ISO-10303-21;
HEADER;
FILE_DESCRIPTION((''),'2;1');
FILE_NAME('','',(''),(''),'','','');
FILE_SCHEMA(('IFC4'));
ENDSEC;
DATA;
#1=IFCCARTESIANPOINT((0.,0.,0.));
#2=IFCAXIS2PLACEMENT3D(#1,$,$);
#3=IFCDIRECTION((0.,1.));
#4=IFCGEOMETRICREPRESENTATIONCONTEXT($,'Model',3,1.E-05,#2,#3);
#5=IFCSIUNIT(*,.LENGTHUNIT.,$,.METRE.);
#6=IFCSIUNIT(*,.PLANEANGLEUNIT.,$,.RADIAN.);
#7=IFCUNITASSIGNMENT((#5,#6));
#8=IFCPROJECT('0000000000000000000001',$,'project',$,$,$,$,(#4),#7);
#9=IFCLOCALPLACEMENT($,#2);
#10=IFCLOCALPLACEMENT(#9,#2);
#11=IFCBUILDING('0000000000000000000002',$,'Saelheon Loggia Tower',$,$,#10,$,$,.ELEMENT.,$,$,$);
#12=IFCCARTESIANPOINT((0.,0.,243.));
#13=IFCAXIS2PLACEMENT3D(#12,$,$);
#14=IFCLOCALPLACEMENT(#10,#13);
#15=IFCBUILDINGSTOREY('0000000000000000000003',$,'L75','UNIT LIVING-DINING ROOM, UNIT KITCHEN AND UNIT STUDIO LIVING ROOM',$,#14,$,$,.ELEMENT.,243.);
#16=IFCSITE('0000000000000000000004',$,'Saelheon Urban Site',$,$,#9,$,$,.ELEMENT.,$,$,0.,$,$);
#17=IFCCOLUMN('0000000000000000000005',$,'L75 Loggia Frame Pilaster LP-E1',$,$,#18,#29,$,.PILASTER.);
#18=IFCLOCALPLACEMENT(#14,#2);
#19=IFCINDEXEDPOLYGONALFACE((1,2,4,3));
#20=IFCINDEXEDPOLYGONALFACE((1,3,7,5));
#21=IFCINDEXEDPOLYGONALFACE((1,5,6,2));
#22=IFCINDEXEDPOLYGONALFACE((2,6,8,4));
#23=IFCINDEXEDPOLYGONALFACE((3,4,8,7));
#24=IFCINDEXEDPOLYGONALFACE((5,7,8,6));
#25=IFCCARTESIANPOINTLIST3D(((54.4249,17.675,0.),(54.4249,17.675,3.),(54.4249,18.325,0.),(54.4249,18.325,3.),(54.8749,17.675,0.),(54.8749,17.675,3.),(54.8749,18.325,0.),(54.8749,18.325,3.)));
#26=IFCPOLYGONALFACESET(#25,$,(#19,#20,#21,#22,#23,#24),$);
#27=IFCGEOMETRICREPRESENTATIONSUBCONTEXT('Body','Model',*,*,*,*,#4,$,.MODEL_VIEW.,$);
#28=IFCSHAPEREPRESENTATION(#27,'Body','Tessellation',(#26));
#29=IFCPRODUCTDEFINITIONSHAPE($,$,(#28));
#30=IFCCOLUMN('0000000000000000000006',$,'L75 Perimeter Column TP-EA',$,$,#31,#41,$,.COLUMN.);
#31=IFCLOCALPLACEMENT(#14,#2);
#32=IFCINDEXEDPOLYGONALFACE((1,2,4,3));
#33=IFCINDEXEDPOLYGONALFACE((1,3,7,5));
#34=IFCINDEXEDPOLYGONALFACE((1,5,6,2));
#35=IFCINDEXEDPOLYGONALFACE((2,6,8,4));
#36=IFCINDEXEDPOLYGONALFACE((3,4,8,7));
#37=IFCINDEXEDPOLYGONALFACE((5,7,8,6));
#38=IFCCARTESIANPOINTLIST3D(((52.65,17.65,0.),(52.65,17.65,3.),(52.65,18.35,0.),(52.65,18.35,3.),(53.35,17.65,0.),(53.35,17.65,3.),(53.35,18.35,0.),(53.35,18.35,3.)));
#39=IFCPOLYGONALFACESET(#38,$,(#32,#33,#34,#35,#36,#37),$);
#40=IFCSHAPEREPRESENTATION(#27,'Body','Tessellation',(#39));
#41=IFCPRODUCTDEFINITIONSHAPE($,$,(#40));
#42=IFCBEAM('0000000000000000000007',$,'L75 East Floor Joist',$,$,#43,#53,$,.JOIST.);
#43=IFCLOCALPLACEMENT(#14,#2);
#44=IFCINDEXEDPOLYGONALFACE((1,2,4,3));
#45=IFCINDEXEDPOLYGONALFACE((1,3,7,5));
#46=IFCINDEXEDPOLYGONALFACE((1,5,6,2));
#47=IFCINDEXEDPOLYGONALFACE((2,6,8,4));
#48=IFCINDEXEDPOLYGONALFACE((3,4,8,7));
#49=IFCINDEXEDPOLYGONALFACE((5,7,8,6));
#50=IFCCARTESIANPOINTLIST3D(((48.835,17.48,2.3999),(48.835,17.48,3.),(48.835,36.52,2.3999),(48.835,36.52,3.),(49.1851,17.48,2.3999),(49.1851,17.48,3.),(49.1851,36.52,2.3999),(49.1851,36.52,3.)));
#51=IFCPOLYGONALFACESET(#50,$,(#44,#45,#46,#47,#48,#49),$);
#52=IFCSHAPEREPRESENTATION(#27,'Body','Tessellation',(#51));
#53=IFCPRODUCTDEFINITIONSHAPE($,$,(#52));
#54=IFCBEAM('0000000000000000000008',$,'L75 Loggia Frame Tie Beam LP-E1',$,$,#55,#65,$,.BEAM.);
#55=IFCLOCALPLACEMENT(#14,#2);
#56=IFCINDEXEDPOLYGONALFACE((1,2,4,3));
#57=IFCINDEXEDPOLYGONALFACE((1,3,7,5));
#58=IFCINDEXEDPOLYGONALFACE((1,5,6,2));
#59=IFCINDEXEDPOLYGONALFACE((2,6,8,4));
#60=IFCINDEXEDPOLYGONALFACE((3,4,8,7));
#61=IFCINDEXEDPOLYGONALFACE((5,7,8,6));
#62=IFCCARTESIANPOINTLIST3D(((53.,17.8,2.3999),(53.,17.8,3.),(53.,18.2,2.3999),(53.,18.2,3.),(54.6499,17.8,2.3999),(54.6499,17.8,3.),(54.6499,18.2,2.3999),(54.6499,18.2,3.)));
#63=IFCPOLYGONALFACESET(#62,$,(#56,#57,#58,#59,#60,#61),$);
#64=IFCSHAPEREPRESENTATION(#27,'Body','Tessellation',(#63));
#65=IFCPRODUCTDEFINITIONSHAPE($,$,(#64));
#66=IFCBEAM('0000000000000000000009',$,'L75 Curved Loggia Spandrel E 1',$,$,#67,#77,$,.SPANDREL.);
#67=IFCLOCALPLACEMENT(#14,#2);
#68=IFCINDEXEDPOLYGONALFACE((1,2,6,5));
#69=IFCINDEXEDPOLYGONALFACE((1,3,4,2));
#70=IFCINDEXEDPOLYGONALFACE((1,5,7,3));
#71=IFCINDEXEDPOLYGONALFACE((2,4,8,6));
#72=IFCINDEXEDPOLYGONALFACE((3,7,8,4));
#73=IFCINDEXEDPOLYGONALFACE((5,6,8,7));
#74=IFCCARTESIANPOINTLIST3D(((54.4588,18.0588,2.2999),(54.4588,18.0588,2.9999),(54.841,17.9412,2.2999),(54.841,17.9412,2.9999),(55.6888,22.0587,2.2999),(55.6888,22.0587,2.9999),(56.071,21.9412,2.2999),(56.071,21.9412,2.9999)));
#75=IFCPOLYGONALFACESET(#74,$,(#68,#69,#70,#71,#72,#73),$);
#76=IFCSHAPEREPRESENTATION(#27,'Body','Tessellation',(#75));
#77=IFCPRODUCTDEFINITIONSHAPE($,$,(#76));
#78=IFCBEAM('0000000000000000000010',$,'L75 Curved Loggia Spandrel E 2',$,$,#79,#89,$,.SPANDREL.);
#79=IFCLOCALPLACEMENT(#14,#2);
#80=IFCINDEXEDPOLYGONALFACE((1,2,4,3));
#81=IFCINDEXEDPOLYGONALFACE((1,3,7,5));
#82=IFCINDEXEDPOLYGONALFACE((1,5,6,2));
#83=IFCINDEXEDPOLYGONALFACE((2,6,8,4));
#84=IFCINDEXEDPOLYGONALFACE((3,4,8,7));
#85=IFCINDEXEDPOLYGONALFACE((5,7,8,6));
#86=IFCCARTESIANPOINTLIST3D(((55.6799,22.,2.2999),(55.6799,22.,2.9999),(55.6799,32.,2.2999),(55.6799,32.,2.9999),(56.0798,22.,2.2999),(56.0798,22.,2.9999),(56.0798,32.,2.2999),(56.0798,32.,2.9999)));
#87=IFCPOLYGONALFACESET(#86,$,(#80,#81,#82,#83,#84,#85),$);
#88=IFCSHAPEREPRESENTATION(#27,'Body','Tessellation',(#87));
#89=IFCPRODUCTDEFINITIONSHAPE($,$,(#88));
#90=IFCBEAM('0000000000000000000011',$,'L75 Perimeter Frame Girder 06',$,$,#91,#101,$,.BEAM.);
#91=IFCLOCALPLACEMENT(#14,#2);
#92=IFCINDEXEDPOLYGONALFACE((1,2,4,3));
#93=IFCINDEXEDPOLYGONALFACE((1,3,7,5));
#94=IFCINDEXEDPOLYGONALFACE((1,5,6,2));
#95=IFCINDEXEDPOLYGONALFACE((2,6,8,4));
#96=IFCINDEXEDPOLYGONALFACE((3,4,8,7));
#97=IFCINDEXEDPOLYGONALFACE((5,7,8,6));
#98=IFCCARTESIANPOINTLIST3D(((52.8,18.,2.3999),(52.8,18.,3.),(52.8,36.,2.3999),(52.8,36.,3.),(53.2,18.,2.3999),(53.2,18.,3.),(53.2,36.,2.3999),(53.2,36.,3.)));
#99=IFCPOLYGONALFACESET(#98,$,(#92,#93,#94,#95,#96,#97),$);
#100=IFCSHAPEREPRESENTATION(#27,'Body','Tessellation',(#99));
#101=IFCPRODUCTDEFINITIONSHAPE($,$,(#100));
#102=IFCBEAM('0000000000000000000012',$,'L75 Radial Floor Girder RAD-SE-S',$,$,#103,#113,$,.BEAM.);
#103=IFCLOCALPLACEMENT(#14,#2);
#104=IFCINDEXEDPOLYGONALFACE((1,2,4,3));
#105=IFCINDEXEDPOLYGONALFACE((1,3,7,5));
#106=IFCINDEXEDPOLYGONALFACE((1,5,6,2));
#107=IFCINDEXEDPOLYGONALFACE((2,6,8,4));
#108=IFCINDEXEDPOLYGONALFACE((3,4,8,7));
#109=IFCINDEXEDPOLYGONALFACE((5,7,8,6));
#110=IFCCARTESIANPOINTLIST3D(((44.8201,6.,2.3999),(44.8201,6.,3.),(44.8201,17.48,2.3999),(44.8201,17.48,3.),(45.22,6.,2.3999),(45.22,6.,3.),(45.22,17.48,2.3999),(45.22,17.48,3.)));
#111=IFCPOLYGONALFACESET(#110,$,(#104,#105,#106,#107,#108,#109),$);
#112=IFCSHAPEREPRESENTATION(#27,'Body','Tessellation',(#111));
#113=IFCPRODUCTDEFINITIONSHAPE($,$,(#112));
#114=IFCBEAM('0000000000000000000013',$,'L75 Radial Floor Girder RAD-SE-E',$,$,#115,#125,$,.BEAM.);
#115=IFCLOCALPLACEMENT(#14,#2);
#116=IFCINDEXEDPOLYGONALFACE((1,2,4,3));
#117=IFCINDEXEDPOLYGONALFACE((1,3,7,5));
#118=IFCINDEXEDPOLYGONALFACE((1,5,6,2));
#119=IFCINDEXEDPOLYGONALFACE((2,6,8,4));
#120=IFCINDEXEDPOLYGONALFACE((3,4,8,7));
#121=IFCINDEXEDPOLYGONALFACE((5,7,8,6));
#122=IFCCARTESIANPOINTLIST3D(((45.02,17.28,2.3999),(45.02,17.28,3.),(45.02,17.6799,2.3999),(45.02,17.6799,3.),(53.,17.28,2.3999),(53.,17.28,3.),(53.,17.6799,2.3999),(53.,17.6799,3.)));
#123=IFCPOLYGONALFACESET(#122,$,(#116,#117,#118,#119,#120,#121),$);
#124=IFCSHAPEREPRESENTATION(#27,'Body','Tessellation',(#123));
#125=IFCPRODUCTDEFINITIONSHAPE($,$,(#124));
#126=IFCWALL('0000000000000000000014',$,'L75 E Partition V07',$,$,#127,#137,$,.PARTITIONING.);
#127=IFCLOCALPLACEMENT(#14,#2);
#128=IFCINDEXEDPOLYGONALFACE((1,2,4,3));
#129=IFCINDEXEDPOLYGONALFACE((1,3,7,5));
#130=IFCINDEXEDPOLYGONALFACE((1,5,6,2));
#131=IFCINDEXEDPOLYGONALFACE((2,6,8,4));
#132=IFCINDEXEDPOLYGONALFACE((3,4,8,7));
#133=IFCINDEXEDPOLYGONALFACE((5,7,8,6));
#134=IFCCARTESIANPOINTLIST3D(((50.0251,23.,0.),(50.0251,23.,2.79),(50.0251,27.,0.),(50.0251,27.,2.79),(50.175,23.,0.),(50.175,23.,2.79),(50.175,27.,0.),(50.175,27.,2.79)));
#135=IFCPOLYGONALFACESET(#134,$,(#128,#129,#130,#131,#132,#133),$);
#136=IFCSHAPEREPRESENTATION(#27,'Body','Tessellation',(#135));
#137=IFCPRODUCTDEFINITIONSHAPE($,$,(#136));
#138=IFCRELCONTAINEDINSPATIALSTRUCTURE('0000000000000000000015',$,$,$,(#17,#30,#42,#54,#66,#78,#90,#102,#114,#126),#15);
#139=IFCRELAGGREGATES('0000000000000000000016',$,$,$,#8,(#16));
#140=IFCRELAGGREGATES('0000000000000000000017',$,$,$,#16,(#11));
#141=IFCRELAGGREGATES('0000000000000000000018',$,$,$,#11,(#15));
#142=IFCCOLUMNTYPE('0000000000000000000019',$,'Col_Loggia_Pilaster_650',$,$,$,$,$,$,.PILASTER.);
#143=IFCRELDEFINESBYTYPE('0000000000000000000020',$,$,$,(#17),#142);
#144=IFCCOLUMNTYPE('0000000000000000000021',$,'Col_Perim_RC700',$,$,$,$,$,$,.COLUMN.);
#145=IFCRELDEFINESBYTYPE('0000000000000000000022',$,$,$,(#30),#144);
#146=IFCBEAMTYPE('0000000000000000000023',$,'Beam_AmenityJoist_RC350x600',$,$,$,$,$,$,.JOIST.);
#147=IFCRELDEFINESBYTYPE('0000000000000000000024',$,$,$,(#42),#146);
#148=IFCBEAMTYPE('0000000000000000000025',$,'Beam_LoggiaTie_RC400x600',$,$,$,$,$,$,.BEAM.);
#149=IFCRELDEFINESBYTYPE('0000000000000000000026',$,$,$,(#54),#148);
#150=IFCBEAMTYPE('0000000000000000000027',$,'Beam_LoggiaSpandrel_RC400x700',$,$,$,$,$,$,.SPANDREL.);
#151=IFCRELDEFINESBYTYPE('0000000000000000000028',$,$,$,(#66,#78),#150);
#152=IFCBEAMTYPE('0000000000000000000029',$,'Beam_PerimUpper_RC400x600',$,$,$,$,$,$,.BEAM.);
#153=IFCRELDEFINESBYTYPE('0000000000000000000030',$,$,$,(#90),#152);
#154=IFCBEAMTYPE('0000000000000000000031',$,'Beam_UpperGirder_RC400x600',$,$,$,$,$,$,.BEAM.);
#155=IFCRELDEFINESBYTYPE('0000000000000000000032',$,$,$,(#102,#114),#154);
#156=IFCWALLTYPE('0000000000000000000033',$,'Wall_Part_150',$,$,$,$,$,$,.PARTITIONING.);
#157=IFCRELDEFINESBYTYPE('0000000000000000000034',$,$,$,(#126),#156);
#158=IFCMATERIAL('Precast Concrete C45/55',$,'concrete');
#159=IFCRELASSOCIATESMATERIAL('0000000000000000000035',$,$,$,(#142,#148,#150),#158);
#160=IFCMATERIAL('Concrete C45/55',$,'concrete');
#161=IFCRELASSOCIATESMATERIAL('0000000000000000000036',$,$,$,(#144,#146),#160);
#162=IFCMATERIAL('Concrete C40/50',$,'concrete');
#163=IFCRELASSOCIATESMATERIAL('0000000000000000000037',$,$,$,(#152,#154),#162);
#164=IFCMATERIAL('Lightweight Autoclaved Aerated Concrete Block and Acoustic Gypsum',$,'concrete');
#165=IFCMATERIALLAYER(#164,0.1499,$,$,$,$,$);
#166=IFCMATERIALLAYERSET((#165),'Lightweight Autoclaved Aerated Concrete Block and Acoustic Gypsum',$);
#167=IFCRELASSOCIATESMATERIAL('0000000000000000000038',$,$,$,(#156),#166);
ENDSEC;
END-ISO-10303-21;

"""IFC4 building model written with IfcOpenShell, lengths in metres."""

from ifc_helpers import new_model, si_unit, direction, frame, frame_2d, origin, origin_2d, place, context, subcontext, project, spatial, rectangle, extrude, source, transform, mapped, material, layer, layer_set, material_profile, profile_set, type_object, element, save


model = new_model("IFC4")

# Units and contexts
model_context = context("Model", 3, precision=1e-05, world=origin(), true_north=direction((0.0, 1.0)))
body_context = subcontext(model_context, "Body", "Model", "MODEL_VIEW")
ifc_project = project(units=[si_unit("LENGTHUNIT", "METRE"), si_unit("PLANEANGLEUNIT", "RADIAN")], contexts=[model_context])

# Site, building, storey
site_placement = place(None, origin())
site = spatial("IfcSite", under=ifc_project, at=site_placement, Name="Saelheon Urban Site", CompositionType="ELEMENT", RefElevation=0.0)
building_placement = place(site_placement, origin())
building = spatial("IfcBuilding", under=site, at=building_placement, Name="Saelheon Loggia Tower", CompositionType="ELEMENT")
storey_placement = place(building_placement, frame((0.0, 0.0, 243.0)))
storey = spatial("IfcBuildingStorey", under=building, at=storey_placement, Name="L75", Description="UNIT LIVING-DINING ROOM, UNIT KITCHEN AND UNIT STUDIO LIVING ROOM", CompositionType="ELEMENT", Elevation=243.0)

# Columns
ifc_material_1 = material(Name="Precast Concrete C45/55", Category="concrete")
ifc_material_profile_1 = material_profile(ifc_material_1, rectangle(XDim=0.45, YDim=0.6499, at=origin_2d()), Name="RC-450x650")
ifc_profile_set_1 = profile_set([ifc_material_profile_1], Name="Precast Concrete C45/55")
column_type_1 = type_object("IfcColumnType", Name="Col_Loggia_Pilaster_650", PredefinedType="PILASTER", material=ifc_profile_set_1)
shared_shape_1 = source(origin(), body_context, "Body", "SweptSolid", [
    extrude(rectangle(XDim=0.45, YDim=0.6499, at=origin_2d()), origin(), (0.0, 0.0, 1.0), 3.0),
])
column_1_placement = place(storey_placement, frame((54.6499, 18.0, 0.0), z_axis=(0.0, 0.0, 1.0), x_axis=(1.0, 0.0, 0.0)))
element("IfcColumn", 1, at=column_1_placement, inside=storey, type_object=column_type_1, Name="L75 Loggia Frame Pilaster LP-E1", PredefinedType="PILASTER", context=body_context, shape_type="MappedRepresentation", body=[
    mapped(shared_shape_1, transform((0.0, 0.0, 0.0), scale=1.0)),
])
ifc_material_2 = material(Name="Concrete C45/55", Category="concrete")
ifc_material_profile_2 = material_profile(ifc_material_2, rectangle(XDim=0.7, YDim=0.7, at=origin_2d()), Name="RC-700x700")
ifc_profile_set_2 = profile_set([ifc_material_profile_2], Name="Concrete C45/55")
column_type_2 = type_object("IfcColumnType", Name="Col_Perim_RC700", PredefinedType="COLUMN", material=ifc_profile_set_2)
shared_shape_2 = source(origin(), body_context, "Body", "SweptSolid", [
    extrude(rectangle(XDim=0.7, YDim=0.7, at=origin_2d()), origin(), (0.0, 0.0, 1.0), 3.0),
])
column_2_placement = place(storey_placement, frame((53.0, 18.0, 0.0), z_axis=(0.0, 0.0, 1.0), x_axis=(1.0, 0.0, 0.0)))
element("IfcColumn", 2, at=column_2_placement, inside=storey, type_object=column_type_2, Name="L75 Perimeter Column TP-EA", PredefinedType="COLUMN", context=body_context, shape_type="MappedRepresentation", body=[
    mapped(shared_shape_2, transform((0.0, 0.0, 0.0), scale=1.0)),
])

# Beams
ifc_material_profile_3 = material_profile(ifc_material_2, rectangle(XDim=0.3501, YDim=0.6001, at=origin_2d()), Name="RC-350x600")
ifc_profile_set_3 = profile_set([ifc_material_profile_3], Name="Concrete C45/55")
beam_type_1 = type_object("IfcBeamType", Name="Beam_AmenityJoist_RC350x600", PredefinedType="JOIST", material=ifc_profile_set_3)
shared_shape_3 = source(origin(), body_context, "Body", "SweptSolid", [
    extrude(rectangle(XDim=0.3501, YDim=0.6001, at=origin_2d()), origin(), (0.0, 0.0, 1.0), 19.04),
])
beam_1_placement = place(storey_placement, frame((49.01, 17.48, 2.7), z_axis=(0.0, 1.0, 0.0), x_axis=(-1.0, 0.0, 0.0)))
element("IfcBeam", 3, at=beam_1_placement, inside=storey, type_object=beam_type_1, Name="L75 East Floor Joist", PredefinedType="JOIST", context=body_context, shape_type="MappedRepresentation", body=[
    mapped(shared_shape_3, transform((0.0, 0.0, 0.0), scale=1.0)),
])
ifc_material_profile_4 = material_profile(ifc_material_1, rectangle(XDim=0.3999, YDim=0.6001, at=origin_2d()), Name="RC-400x600")
ifc_profile_set_4 = profile_set([ifc_material_profile_4], Name="Precast Concrete C45/55")
beam_type_2 = type_object("IfcBeamType", Name="Beam_LoggiaTie_RC400x600", PredefinedType="BEAM", material=ifc_profile_set_4)
shared_shape_4 = source(origin(), body_context, "Body", "SweptSolid", [
    extrude(rectangle(XDim=0.3999, YDim=0.6001, at=origin_2d()), origin(), (0.0, 0.0, 1.0), 1.6499),
])
beam_2_placement = place(storey_placement, frame((53.0, 18.0, 2.7), z_axis=(1.0, 0.0, 0.0), x_axis=(0.0, 1.0, 0.0)))
element("IfcBeam", 4, at=beam_2_placement, inside=storey, type_object=beam_type_2, Name="L75 Loggia Frame Tie Beam LP-E1", PredefinedType="BEAM", context=body_context, shape_type="MappedRepresentation", body=[
    mapped(shared_shape_4, transform((0.0, 0.0, 0.0), scale=1.0)),
])
ifc_material_profile_5 = material_profile(ifc_material_1, rectangle(XDim=0.3999, YDim=0.7, at=origin_2d()), Name="RC-400x700")
ifc_profile_set_5 = profile_set([ifc_material_profile_5], Name="Precast Concrete C45/55")
beam_type_3 = type_object("IfcBeamType", Name="Beam_LoggiaSpandrel_RC400x700", PredefinedType="SPANDREL", material=ifc_profile_set_5)
shared_shape_5 = source(origin(), body_context, "Body", "SweptSolid", [
    extrude(rectangle(XDim=0.3999, YDim=0.7, at=origin_2d()), origin(), (0.0, 0.0, 1.0), 4.1848),
])
beam_3_placement = place(storey_placement, frame((54.6499, 18.0, 2.6499), z_axis=(0.293914, 0.955832, 0.0), x_axis=(-0.955832, 0.293914, 0.0)))
element("IfcBeam", 5, at=beam_3_placement, inside=storey, type_object=beam_type_3, Name="L75 Curved Loggia Spandrel E 1", PredefinedType="SPANDREL", context=body_context, shape_type="MappedRepresentation", body=[
    mapped(shared_shape_5, transform((0.0, 0.0, 0.0), scale=1.0)),
])
shared_shape_6 = source(origin(), body_context, "Body", "SweptSolid", [
    extrude(rectangle(XDim=0.3999, YDim=0.7, at=origin_2d()), origin(), (0.0, 0.0, 1.0), 10.0),
])
beam_4_placement = place(storey_placement, frame((55.8799, 22.0, 2.6499), z_axis=(0.0, 1.0, 0.0), x_axis=(-1.0, 0.0, 0.0)))
element("IfcBeam", 6, at=beam_4_placement, inside=storey, type_object=beam_type_3, Name="L75 Curved Loggia Spandrel E 2", PredefinedType="SPANDREL", context=body_context, shape_type="MappedRepresentation", body=[
    mapped(shared_shape_6, transform((0.0, 0.0, 0.0), scale=1.0)),
])
ifc_material_3 = material(Name="Concrete C40/50", Category="concrete")
ifc_material_profile_6 = material_profile(ifc_material_3, rectangle(XDim=0.3999, YDim=0.6001, at=origin_2d()), Name="RC-400x600")
ifc_profile_set_6 = profile_set([ifc_material_profile_6], Name="Concrete C40/50")
beam_type_4 = type_object("IfcBeamType", Name="Beam_PerimUpper_RC400x600", PredefinedType="BEAM", material=ifc_profile_set_6)
shared_shape_7 = source(origin(), body_context, "Body", "SweptSolid", [
    extrude(rectangle(XDim=0.3999, YDim=0.6001, at=origin_2d()), origin(), (0.0, 0.0, 1.0), 18.0),
])
beam_5_placement = place(storey_placement, frame((53.0, 18.0, 2.7), z_axis=(0.0, 1.0, 0.0), x_axis=(-1.0, 0.0, 0.0)))
element("IfcBeam", 7, at=beam_5_placement, inside=storey, type_object=beam_type_4, Name="L75 Perimeter Frame Girder 06", PredefinedType="BEAM", context=body_context, shape_type="MappedRepresentation", body=[
    mapped(shared_shape_7, transform((0.0, 0.0, 0.0), scale=1.0)),
])
ifc_material_profile_7 = material_profile(ifc_material_3, rectangle(XDim=0.3999, YDim=0.6001, at=origin_2d()), Name="RC-400x600")
ifc_profile_set_7 = profile_set([ifc_material_profile_7], Name="Concrete C40/50")
beam_type_5 = type_object("IfcBeamType", Name="Beam_UpperGirder_RC400x600", PredefinedType="BEAM", material=ifc_profile_set_7)
shared_shape_8 = source(origin(), body_context, "Body", "SweptSolid", [
    extrude(rectangle(XDim=0.3999, YDim=0.6001, at=origin_2d()), origin(), (0.0, 0.0, 1.0), 11.48),
])
beam_6_placement = place(storey_placement, frame((45.02, 17.48, 2.7), z_axis=(0.0, -1.0, 0.0), x_axis=(1.0, 0.0, 0.0)))
element("IfcBeam", 8, at=beam_6_placement, inside=storey, type_object=beam_type_5, Name="L75 Radial Floor Girder RAD-SE-S", PredefinedType="BEAM", context=body_context, shape_type="MappedRepresentation", body=[
    mapped(shared_shape_8, transform((0.0, 0.0, 0.0), scale=1.0)),
])
shared_shape_9 = source(origin(), body_context, "Body", "SweptSolid", [
    extrude(rectangle(XDim=0.3999, YDim=0.6001, at=origin_2d()), origin(), (0.0, 0.0, 1.0), 7.98),
])
beam_7_placement = place(storey_placement, frame((45.02, 17.48, 2.7), z_axis=(1.0, 0.0, 0.0), x_axis=(0.0, 1.0, 0.0)))
element("IfcBeam", 9, at=beam_7_placement, inside=storey, type_object=beam_type_5, Name="L75 Radial Floor Girder RAD-SE-E", PredefinedType="BEAM", context=body_context, shape_type="MappedRepresentation", body=[
    mapped(shared_shape_9, transform((0.0, 0.0, 0.0), scale=1.0)),
])

# Wall
ifc_material_4 = material(Name="Lightweight Autoclaved Aerated Concrete Block and Acoustic Gypsum", Category="concrete")
ifc_layer_1 = layer(ifc_material_4, 0.1499)
ifc_layer_set_1 = layer_set([ifc_layer_1], Name="Lightweight Autoclaved Aerated Concrete Block and Acoustic Gypsum")
wall_type_1 = type_object("IfcWallType", Name="Wall_Part_150", PredefinedType="PARTITIONING", material=ifc_layer_set_1)
wall_1_placement = place(storey_placement, frame((50.1001, 23.0, 0.0), z_axis=(0.0, 0.0, 1.0), x_axis=(0.0, 1.0, 0.0)))
element("IfcWall", 10, at=wall_1_placement, inside=storey, type_object=wall_type_1, Name="L75 E Partition V07", PredefinedType="PARTITIONING", context=body_context, shape_type="SweptSolid", body=[
    extrude(rectangle(XDim=4.0, YDim=0.1499, at=frame_2d((2.0, 0.0))), origin(), (0.0, 0.0, 1.0), 2.79),
])

save(model, "model.ifc")
